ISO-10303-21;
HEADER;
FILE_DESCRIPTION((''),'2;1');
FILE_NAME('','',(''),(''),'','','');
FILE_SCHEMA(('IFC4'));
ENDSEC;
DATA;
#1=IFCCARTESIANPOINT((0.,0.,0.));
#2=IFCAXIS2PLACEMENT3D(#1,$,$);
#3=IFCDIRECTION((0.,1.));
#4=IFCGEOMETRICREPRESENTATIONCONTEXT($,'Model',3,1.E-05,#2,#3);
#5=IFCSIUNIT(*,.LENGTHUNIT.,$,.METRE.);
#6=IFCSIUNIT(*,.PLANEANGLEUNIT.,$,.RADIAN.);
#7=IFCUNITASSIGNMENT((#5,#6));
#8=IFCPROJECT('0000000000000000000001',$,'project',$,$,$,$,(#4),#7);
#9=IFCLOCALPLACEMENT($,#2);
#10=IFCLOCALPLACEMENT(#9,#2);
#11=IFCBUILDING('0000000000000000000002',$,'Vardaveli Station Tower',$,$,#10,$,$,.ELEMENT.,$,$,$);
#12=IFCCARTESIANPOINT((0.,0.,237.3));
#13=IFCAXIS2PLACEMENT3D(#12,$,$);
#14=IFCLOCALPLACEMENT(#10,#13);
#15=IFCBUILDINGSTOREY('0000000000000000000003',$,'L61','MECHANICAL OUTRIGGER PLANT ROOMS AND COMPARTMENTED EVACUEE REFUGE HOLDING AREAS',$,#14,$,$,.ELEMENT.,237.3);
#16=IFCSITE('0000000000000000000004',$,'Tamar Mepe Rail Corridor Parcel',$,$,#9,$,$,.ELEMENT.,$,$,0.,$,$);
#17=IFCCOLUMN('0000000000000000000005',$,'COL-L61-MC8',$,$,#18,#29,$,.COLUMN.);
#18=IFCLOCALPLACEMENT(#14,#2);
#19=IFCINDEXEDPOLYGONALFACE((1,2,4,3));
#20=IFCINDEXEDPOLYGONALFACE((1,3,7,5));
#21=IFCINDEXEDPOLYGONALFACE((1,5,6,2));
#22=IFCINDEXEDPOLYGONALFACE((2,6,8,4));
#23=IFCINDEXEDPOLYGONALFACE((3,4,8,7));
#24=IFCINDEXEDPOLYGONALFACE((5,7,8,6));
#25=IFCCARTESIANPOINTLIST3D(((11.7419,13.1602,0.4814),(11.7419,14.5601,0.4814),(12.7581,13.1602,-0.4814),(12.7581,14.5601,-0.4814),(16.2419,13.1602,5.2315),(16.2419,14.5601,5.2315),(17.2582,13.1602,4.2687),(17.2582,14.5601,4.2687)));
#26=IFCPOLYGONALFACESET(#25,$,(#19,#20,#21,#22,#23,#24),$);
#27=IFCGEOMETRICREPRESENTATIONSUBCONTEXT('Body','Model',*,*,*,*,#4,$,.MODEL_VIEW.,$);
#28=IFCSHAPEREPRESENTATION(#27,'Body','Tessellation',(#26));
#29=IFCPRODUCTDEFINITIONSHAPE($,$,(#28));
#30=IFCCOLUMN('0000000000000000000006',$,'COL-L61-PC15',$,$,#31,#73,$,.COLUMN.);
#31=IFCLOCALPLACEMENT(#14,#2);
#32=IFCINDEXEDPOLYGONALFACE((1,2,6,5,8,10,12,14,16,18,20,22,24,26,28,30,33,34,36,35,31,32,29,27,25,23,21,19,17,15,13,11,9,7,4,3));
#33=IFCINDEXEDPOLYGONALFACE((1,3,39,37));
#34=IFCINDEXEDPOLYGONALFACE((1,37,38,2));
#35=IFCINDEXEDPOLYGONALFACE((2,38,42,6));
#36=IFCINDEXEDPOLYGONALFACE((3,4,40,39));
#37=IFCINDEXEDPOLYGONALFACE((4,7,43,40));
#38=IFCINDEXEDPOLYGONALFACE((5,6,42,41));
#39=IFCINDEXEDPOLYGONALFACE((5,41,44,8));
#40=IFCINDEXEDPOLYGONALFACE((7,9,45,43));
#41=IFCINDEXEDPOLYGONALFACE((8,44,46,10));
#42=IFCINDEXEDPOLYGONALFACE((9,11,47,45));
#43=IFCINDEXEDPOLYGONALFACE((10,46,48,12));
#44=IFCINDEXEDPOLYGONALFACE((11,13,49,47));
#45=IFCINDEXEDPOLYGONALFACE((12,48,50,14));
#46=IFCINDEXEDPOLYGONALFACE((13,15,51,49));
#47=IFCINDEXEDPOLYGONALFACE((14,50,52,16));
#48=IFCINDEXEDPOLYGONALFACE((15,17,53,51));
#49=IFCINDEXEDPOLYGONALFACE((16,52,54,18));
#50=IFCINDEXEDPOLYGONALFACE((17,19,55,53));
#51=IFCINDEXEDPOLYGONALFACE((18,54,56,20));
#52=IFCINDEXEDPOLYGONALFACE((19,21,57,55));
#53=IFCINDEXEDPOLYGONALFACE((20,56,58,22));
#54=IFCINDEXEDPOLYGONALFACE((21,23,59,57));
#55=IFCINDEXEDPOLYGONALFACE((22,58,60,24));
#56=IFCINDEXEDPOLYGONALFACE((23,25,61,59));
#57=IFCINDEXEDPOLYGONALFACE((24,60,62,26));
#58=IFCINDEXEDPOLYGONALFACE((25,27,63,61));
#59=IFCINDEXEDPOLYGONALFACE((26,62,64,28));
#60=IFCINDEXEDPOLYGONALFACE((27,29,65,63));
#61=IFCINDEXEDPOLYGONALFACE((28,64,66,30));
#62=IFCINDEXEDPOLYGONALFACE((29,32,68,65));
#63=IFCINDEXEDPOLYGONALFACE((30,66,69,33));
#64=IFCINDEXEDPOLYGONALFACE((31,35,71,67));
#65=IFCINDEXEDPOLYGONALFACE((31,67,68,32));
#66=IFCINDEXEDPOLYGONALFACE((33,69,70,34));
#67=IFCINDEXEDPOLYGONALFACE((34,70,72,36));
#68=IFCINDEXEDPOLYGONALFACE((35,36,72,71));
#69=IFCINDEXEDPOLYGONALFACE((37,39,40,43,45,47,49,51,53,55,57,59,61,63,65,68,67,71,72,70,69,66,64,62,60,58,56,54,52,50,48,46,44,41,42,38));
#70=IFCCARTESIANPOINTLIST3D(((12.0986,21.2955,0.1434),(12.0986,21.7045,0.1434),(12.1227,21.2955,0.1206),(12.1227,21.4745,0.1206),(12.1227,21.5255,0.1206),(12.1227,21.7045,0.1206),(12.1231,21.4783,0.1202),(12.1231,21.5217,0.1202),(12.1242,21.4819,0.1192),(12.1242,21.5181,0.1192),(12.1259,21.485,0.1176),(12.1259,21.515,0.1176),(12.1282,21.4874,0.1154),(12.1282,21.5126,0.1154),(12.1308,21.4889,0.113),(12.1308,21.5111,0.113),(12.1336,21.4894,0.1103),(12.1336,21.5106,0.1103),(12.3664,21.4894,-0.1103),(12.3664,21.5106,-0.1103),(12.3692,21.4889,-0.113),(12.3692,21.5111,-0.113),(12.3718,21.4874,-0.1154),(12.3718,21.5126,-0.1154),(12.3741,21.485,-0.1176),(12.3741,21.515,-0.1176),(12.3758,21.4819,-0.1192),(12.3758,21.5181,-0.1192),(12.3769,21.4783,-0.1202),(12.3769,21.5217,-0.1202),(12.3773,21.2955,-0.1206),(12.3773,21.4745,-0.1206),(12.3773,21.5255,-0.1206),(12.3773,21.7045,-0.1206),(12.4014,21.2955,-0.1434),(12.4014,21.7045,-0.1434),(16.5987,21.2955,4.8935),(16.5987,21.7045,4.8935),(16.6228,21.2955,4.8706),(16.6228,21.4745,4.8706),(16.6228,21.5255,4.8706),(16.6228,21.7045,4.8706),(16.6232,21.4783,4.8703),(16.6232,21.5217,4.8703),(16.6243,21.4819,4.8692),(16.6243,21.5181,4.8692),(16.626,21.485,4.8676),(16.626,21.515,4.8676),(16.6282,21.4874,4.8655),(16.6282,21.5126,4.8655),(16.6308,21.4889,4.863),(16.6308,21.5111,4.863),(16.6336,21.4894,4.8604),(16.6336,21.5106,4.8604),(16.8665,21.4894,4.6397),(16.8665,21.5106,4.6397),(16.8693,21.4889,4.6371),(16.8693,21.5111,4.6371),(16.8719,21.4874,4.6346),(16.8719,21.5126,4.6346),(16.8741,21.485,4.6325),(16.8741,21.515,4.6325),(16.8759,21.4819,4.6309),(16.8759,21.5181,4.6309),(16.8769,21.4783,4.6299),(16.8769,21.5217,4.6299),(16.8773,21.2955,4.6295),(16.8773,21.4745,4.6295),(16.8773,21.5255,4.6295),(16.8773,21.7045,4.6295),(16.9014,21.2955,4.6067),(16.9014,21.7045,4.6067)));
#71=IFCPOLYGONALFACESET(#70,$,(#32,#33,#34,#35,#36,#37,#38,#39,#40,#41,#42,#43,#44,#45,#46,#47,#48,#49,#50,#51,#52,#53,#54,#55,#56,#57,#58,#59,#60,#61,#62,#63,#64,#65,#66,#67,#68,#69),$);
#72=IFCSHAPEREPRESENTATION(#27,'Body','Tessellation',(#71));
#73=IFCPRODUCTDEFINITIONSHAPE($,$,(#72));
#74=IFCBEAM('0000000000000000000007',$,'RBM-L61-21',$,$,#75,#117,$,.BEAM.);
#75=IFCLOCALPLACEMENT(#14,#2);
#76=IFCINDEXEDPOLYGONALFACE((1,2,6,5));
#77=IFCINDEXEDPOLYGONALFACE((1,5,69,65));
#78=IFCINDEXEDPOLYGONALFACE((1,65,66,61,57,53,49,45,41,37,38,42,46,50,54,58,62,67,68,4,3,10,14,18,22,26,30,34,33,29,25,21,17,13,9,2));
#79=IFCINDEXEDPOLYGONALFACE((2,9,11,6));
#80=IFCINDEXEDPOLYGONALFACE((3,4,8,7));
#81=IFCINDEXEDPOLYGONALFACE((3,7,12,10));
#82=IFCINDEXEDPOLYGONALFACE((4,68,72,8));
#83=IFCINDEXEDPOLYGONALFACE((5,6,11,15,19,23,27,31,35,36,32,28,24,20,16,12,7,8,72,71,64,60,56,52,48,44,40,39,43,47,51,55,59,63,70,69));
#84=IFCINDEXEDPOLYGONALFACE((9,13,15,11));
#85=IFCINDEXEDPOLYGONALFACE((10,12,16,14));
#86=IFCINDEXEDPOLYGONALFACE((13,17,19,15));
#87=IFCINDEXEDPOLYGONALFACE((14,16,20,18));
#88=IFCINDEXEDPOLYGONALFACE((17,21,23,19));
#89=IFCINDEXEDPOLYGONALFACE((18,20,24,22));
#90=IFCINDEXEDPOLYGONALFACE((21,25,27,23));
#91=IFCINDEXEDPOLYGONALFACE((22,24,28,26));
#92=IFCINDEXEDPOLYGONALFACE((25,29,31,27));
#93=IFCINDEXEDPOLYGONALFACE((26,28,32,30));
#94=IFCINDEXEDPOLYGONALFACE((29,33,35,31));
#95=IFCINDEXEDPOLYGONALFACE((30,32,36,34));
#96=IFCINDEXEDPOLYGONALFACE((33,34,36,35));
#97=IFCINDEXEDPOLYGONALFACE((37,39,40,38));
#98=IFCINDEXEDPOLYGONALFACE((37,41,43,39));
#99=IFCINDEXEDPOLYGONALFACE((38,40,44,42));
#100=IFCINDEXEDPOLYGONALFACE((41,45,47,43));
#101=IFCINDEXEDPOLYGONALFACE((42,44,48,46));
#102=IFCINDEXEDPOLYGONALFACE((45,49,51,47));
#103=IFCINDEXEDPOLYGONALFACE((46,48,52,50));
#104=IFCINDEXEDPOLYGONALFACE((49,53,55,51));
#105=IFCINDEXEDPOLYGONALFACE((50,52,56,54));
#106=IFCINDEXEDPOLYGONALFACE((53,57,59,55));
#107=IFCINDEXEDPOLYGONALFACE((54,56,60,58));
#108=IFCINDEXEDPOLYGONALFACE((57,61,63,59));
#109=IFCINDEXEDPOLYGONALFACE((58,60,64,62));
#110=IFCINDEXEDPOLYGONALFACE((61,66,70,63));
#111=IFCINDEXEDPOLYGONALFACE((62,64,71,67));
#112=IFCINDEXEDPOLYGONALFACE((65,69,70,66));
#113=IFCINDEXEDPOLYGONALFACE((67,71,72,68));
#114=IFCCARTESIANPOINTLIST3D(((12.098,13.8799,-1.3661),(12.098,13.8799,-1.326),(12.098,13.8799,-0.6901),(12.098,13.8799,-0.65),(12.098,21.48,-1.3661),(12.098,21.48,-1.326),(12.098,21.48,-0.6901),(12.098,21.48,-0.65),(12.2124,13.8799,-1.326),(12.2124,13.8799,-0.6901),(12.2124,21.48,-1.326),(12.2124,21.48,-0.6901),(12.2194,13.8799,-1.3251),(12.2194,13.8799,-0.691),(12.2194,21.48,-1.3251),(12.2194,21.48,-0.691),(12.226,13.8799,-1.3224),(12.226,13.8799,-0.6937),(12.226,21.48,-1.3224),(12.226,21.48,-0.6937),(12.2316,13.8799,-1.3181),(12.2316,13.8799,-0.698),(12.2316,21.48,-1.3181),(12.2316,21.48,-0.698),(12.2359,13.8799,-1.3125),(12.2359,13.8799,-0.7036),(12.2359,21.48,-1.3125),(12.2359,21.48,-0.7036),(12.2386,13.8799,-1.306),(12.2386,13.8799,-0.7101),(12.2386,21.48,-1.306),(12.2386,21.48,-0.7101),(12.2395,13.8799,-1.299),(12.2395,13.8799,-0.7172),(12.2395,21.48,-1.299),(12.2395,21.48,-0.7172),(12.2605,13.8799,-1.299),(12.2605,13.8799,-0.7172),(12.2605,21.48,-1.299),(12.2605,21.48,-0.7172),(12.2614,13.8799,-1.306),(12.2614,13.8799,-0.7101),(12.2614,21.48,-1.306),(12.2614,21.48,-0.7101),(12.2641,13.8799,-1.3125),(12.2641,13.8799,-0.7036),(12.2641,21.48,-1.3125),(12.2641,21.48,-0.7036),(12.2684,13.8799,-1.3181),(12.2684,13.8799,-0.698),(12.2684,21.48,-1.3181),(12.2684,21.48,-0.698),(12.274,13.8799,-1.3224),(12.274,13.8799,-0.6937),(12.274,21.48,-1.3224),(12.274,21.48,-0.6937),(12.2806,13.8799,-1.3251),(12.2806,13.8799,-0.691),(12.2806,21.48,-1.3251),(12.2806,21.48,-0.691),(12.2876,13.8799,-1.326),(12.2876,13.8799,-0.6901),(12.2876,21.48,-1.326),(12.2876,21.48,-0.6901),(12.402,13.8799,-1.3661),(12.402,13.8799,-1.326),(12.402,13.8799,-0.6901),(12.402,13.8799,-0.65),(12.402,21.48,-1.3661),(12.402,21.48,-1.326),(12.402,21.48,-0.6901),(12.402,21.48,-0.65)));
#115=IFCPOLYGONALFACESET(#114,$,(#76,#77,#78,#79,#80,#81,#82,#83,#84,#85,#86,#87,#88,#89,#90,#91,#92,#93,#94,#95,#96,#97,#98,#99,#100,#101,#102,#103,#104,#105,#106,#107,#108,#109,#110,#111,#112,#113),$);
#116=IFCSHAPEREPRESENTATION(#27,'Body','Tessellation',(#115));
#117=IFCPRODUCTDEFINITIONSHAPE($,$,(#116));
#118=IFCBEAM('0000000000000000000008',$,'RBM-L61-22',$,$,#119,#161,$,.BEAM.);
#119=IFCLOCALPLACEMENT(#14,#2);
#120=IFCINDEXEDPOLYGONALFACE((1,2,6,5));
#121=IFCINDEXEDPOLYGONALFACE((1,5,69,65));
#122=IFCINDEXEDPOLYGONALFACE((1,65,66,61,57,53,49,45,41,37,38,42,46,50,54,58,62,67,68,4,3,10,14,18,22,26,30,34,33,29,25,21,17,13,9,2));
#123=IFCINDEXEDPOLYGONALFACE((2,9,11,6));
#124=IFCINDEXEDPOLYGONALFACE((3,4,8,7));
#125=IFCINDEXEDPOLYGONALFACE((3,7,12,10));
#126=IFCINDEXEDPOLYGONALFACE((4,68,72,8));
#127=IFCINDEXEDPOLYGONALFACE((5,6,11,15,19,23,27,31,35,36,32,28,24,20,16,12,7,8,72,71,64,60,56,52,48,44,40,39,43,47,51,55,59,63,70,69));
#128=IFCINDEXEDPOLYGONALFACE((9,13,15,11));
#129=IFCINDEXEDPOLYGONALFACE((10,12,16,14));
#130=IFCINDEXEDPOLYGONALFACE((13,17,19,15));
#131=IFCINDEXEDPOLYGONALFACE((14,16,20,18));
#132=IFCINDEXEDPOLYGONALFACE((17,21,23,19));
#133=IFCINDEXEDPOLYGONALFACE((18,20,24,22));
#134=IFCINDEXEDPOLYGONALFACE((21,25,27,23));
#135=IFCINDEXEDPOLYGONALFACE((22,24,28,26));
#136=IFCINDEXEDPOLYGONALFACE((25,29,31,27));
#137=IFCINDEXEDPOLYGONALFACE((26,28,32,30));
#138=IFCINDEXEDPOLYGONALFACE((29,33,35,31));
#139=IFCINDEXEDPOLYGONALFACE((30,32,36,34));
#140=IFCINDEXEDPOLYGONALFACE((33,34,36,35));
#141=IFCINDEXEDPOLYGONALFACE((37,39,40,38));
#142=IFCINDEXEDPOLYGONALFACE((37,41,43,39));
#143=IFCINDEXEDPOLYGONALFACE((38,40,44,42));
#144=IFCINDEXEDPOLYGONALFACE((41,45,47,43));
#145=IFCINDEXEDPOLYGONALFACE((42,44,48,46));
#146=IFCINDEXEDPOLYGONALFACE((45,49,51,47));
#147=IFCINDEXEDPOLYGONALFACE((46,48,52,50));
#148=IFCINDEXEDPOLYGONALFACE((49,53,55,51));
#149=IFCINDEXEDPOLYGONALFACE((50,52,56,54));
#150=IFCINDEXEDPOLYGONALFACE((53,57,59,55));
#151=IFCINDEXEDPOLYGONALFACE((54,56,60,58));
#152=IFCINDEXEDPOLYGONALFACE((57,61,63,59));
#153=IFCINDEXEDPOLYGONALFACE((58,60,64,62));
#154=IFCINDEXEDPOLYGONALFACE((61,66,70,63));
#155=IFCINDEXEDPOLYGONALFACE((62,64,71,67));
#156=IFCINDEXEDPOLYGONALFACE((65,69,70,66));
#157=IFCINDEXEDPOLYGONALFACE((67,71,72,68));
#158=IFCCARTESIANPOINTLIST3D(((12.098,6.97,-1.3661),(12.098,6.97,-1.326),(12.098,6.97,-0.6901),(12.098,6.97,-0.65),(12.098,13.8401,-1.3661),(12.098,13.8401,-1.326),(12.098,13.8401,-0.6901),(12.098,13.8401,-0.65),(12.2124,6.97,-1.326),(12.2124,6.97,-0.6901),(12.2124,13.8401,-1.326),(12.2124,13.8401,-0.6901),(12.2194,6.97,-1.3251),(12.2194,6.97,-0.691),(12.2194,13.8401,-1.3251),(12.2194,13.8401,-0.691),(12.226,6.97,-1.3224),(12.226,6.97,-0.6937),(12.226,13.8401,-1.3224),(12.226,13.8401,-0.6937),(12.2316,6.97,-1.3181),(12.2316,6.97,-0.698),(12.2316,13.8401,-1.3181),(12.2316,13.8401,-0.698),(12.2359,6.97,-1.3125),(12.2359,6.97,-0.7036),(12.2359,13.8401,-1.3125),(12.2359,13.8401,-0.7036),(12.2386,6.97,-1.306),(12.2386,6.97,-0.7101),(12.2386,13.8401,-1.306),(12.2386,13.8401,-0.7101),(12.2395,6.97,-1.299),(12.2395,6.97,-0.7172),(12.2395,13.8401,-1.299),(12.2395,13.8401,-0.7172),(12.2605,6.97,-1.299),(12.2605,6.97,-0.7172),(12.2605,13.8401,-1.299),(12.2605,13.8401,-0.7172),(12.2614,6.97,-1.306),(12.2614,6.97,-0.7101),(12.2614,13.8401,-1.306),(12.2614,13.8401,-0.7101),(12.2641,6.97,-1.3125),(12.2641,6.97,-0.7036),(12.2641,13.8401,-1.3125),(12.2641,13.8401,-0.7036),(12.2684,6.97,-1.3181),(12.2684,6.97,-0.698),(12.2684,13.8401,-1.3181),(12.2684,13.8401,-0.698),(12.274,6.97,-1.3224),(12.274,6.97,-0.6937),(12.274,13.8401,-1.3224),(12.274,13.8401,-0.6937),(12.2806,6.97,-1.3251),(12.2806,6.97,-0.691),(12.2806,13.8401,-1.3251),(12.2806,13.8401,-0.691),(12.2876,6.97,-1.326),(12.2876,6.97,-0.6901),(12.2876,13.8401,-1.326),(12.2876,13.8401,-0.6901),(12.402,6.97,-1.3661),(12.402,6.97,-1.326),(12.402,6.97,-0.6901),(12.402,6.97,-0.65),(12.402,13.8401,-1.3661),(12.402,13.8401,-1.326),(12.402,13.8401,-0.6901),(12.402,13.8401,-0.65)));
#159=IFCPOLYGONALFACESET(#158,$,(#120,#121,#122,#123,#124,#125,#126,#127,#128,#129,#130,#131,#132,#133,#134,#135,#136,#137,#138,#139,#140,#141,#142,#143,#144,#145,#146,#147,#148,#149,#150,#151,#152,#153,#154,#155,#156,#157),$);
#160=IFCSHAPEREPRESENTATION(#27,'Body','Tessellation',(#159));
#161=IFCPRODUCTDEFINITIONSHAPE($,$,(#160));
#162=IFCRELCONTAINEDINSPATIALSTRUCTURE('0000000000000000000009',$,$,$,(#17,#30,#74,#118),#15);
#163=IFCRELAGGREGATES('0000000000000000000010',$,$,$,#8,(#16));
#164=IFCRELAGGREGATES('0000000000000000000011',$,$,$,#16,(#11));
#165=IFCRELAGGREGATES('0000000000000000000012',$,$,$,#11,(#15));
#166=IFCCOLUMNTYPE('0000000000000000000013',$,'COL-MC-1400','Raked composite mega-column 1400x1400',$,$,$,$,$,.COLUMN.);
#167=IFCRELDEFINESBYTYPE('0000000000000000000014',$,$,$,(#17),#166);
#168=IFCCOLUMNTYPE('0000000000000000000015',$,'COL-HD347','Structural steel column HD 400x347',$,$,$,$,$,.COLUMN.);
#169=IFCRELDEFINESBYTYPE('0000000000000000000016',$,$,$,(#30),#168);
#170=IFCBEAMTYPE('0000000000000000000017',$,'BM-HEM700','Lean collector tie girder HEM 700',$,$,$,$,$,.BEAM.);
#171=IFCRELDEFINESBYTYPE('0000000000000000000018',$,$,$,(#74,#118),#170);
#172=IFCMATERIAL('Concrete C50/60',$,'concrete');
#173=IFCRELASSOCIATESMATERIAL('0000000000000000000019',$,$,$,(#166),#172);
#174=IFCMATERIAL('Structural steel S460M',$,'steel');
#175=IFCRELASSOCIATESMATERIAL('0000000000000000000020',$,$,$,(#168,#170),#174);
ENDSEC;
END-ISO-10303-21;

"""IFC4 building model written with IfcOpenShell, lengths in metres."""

from ifc_helpers import new_model, si_unit, direction, frame, origin, origin_2d, place, context, subcontext, project, spatial, rectangle, i_section, extrude, source, transform, mapped, material, material_profile, profile_set, type_object, element, save


model = new_model("IFC4")

# Units and contexts
model_context = context("Model", 3, precision=1e-05, world=origin(), true_north=direction((0.0, 1.0)))
body_context = subcontext(model_context, "Body", "Model", "MODEL_VIEW")
ifc_project = project(units=[si_unit("LENGTHUNIT", "METRE"), si_unit("PLANEANGLEUNIT", "RADIAN")], contexts=[model_context])

# Site, building, storey
site_placement = place(None, origin())
site = spatial("IfcSite", under=ifc_project, at=site_placement, Name="Tamar Mepe Rail Corridor Parcel", CompositionType="ELEMENT", RefElevation=0.0)
building_placement = place(site_placement, origin())
building = spatial("IfcBuilding", under=site, at=building_placement, Name="Vardaveli Station Tower", CompositionType="ELEMENT")
storey_placement = place(building_placement, frame((0.0, 0.0, 237.3)))
storey = spatial("IfcBuildingStorey", under=building, at=storey_placement, Name="L61", Description="MECHANICAL OUTRIGGER PLANT ROOMS AND COMPARTMENTED EVACUEE REFUGE HOLDING AREAS", CompositionType="ELEMENT", Elevation=237.3)

# Columns
ifc_material_1 = material(Name="Concrete C50/60", Category="concrete")
ifc_material_profile_1 = material_profile(ifc_material_1, rectangle(XDim=1.3999, YDim=1.3999, at=origin_2d()), Name="MC 1400x1400")
ifc_profile_set_1 = profile_set([ifc_material_profile_1], Name="Concrete C50/60")
column_type_1 = type_object("IfcColumnType", Name="COL-MC-1400", Description="Raked composite mega-column 1400x1400", PredefinedType="COLUMN", material=ifc_profile_set_1)
shared_shape_1 = source(origin(), body_context, "Body", "SweptSolid", [
    extrude(rectangle(XDim=1.3999, YDim=1.3999, at=origin_2d()), origin(), (0.0, 0.0, 1.0), 6.5432),
])
column_1_placement = place(storey_placement, frame((12.25, 13.8601, 0.0), z_axis=(0.687745, 0.0, 0.725953), x_axis=(0.0, 1.0, 0.0)))
element("IfcColumn", 1, at=column_1_placement, inside=storey, type_object=column_type_1, Name="COL-L61-MC8", PredefinedType="COLUMN", context=body_context, shape_type="MappedRepresentation", body=[
    mapped(shared_shape_1, transform((0.0, 0.0, 0.0), scale=1.0)),
])
ifc_material_2 = material(Name="Structural steel S460M", Category="steel")
ifc_material_profile_2 = material_profile(ifc_material_2, i_section(OverallWidth=0.4089, OverallDepth=0.417, WebThickness=0.0212, FlangeThickness=0.0332, FilletRadius=0.0149, at=origin_2d()), Name="HD 400x347")
ifc_profile_set_2 = profile_set([ifc_material_profile_2], Name="Structural steel S460M")
column_type_2 = type_object("IfcColumnType", Name="COL-HD347", Description="Structural steel column HD 400x347", PredefinedType="COLUMN", material=ifc_profile_set_2)
shared_shape_2 = source(origin(), body_context, "Body", "SweptSolid", [
    extrude(i_section(OverallWidth=0.4089, OverallDepth=0.417, WebThickness=0.0212, FlangeThickness=0.0332, FilletRadius=0.0149, at=origin_2d()), origin(), (0.0, 0.0, 1.0), 6.5432),
])
column_2_placement = place(storey_placement, frame((12.25, 21.5, 0.0), z_axis=(0.687745, 0.0, 0.725953), x_axis=(0.0, 1.0, 0.0)))
element("IfcColumn", 2, at=column_2_placement, inside=storey, type_object=column_type_2, Name="COL-L61-PC15", PredefinedType="COLUMN", context=body_context, shape_type="MappedRepresentation", body=[
    mapped(shared_shape_2, transform((0.0, 0.0, 0.0), scale=1.0)),
])

# Beams
ifc_material_profile_3 = material_profile(ifc_material_2, i_section(OverallWidth=0.304, OverallDepth=0.7161, WebThickness=0.021, FlangeThickness=0.04, FilletRadius=0.0271, at=origin_2d()), Name="HEM 700")
ifc_profile_set_3 = profile_set([ifc_material_profile_3], Name="Structural steel S460M")
beam_type_1 = type_object("IfcBeamType", Name="BM-HEM700", Description="Lean collector tie girder HEM 700", PredefinedType="BEAM", material=ifc_profile_set_3)
shared_shape_3 = source(origin(), body_context, "Body", "SweptSolid", [
    extrude(i_section(OverallWidth=0.304, OverallDepth=0.7161, WebThickness=0.021, FlangeThickness=0.04, FilletRadius=0.0271, at=origin_2d()), origin(), (0.0, 0.0, 1.0), 7.6001),
])
beam_1_placement = place(storey_placement, frame((12.25, 21.48, -1.0081), z_axis=(0.0, -1.0, 0.0), x_axis=(1.0, 0.0, 0.0)))
element("IfcBeam", 3, at=beam_1_placement, inside=storey, type_object=beam_type_1, Name="RBM-L61-21", PredefinedType="BEAM", context=body_context, shape_type="MappedRepresentation", body=[
    mapped(shared_shape_3, transform((0.0, 0.0, 0.0), scale=1.0)),
])
shared_shape_4 = source(origin(), body_context, "Body", "SweptSolid", [
    extrude(i_section(OverallWidth=0.304, OverallDepth=0.7161, WebThickness=0.021, FlangeThickness=0.04, FilletRadius=0.0271, at=origin_2d()), origin(), (0.0, 0.0, 1.0), 6.8701),
])
beam_2_placement = place(storey_placement, frame((12.25, 13.8401, -1.0081), z_axis=(0.0, -1.0, 0.0), x_axis=(1.0, 0.0, 0.0)))
element("IfcBeam", 4, at=beam_2_placement, inside=storey, type_object=beam_type_1, Name="RBM-L61-22", PredefinedType="BEAM", context=body_context, shape_type="MappedRepresentation", body=[
    mapped(shared_shape_4, transform((0.0, 0.0, 0.0), scale=1.0)),
])

save(model, "model.ifc")
